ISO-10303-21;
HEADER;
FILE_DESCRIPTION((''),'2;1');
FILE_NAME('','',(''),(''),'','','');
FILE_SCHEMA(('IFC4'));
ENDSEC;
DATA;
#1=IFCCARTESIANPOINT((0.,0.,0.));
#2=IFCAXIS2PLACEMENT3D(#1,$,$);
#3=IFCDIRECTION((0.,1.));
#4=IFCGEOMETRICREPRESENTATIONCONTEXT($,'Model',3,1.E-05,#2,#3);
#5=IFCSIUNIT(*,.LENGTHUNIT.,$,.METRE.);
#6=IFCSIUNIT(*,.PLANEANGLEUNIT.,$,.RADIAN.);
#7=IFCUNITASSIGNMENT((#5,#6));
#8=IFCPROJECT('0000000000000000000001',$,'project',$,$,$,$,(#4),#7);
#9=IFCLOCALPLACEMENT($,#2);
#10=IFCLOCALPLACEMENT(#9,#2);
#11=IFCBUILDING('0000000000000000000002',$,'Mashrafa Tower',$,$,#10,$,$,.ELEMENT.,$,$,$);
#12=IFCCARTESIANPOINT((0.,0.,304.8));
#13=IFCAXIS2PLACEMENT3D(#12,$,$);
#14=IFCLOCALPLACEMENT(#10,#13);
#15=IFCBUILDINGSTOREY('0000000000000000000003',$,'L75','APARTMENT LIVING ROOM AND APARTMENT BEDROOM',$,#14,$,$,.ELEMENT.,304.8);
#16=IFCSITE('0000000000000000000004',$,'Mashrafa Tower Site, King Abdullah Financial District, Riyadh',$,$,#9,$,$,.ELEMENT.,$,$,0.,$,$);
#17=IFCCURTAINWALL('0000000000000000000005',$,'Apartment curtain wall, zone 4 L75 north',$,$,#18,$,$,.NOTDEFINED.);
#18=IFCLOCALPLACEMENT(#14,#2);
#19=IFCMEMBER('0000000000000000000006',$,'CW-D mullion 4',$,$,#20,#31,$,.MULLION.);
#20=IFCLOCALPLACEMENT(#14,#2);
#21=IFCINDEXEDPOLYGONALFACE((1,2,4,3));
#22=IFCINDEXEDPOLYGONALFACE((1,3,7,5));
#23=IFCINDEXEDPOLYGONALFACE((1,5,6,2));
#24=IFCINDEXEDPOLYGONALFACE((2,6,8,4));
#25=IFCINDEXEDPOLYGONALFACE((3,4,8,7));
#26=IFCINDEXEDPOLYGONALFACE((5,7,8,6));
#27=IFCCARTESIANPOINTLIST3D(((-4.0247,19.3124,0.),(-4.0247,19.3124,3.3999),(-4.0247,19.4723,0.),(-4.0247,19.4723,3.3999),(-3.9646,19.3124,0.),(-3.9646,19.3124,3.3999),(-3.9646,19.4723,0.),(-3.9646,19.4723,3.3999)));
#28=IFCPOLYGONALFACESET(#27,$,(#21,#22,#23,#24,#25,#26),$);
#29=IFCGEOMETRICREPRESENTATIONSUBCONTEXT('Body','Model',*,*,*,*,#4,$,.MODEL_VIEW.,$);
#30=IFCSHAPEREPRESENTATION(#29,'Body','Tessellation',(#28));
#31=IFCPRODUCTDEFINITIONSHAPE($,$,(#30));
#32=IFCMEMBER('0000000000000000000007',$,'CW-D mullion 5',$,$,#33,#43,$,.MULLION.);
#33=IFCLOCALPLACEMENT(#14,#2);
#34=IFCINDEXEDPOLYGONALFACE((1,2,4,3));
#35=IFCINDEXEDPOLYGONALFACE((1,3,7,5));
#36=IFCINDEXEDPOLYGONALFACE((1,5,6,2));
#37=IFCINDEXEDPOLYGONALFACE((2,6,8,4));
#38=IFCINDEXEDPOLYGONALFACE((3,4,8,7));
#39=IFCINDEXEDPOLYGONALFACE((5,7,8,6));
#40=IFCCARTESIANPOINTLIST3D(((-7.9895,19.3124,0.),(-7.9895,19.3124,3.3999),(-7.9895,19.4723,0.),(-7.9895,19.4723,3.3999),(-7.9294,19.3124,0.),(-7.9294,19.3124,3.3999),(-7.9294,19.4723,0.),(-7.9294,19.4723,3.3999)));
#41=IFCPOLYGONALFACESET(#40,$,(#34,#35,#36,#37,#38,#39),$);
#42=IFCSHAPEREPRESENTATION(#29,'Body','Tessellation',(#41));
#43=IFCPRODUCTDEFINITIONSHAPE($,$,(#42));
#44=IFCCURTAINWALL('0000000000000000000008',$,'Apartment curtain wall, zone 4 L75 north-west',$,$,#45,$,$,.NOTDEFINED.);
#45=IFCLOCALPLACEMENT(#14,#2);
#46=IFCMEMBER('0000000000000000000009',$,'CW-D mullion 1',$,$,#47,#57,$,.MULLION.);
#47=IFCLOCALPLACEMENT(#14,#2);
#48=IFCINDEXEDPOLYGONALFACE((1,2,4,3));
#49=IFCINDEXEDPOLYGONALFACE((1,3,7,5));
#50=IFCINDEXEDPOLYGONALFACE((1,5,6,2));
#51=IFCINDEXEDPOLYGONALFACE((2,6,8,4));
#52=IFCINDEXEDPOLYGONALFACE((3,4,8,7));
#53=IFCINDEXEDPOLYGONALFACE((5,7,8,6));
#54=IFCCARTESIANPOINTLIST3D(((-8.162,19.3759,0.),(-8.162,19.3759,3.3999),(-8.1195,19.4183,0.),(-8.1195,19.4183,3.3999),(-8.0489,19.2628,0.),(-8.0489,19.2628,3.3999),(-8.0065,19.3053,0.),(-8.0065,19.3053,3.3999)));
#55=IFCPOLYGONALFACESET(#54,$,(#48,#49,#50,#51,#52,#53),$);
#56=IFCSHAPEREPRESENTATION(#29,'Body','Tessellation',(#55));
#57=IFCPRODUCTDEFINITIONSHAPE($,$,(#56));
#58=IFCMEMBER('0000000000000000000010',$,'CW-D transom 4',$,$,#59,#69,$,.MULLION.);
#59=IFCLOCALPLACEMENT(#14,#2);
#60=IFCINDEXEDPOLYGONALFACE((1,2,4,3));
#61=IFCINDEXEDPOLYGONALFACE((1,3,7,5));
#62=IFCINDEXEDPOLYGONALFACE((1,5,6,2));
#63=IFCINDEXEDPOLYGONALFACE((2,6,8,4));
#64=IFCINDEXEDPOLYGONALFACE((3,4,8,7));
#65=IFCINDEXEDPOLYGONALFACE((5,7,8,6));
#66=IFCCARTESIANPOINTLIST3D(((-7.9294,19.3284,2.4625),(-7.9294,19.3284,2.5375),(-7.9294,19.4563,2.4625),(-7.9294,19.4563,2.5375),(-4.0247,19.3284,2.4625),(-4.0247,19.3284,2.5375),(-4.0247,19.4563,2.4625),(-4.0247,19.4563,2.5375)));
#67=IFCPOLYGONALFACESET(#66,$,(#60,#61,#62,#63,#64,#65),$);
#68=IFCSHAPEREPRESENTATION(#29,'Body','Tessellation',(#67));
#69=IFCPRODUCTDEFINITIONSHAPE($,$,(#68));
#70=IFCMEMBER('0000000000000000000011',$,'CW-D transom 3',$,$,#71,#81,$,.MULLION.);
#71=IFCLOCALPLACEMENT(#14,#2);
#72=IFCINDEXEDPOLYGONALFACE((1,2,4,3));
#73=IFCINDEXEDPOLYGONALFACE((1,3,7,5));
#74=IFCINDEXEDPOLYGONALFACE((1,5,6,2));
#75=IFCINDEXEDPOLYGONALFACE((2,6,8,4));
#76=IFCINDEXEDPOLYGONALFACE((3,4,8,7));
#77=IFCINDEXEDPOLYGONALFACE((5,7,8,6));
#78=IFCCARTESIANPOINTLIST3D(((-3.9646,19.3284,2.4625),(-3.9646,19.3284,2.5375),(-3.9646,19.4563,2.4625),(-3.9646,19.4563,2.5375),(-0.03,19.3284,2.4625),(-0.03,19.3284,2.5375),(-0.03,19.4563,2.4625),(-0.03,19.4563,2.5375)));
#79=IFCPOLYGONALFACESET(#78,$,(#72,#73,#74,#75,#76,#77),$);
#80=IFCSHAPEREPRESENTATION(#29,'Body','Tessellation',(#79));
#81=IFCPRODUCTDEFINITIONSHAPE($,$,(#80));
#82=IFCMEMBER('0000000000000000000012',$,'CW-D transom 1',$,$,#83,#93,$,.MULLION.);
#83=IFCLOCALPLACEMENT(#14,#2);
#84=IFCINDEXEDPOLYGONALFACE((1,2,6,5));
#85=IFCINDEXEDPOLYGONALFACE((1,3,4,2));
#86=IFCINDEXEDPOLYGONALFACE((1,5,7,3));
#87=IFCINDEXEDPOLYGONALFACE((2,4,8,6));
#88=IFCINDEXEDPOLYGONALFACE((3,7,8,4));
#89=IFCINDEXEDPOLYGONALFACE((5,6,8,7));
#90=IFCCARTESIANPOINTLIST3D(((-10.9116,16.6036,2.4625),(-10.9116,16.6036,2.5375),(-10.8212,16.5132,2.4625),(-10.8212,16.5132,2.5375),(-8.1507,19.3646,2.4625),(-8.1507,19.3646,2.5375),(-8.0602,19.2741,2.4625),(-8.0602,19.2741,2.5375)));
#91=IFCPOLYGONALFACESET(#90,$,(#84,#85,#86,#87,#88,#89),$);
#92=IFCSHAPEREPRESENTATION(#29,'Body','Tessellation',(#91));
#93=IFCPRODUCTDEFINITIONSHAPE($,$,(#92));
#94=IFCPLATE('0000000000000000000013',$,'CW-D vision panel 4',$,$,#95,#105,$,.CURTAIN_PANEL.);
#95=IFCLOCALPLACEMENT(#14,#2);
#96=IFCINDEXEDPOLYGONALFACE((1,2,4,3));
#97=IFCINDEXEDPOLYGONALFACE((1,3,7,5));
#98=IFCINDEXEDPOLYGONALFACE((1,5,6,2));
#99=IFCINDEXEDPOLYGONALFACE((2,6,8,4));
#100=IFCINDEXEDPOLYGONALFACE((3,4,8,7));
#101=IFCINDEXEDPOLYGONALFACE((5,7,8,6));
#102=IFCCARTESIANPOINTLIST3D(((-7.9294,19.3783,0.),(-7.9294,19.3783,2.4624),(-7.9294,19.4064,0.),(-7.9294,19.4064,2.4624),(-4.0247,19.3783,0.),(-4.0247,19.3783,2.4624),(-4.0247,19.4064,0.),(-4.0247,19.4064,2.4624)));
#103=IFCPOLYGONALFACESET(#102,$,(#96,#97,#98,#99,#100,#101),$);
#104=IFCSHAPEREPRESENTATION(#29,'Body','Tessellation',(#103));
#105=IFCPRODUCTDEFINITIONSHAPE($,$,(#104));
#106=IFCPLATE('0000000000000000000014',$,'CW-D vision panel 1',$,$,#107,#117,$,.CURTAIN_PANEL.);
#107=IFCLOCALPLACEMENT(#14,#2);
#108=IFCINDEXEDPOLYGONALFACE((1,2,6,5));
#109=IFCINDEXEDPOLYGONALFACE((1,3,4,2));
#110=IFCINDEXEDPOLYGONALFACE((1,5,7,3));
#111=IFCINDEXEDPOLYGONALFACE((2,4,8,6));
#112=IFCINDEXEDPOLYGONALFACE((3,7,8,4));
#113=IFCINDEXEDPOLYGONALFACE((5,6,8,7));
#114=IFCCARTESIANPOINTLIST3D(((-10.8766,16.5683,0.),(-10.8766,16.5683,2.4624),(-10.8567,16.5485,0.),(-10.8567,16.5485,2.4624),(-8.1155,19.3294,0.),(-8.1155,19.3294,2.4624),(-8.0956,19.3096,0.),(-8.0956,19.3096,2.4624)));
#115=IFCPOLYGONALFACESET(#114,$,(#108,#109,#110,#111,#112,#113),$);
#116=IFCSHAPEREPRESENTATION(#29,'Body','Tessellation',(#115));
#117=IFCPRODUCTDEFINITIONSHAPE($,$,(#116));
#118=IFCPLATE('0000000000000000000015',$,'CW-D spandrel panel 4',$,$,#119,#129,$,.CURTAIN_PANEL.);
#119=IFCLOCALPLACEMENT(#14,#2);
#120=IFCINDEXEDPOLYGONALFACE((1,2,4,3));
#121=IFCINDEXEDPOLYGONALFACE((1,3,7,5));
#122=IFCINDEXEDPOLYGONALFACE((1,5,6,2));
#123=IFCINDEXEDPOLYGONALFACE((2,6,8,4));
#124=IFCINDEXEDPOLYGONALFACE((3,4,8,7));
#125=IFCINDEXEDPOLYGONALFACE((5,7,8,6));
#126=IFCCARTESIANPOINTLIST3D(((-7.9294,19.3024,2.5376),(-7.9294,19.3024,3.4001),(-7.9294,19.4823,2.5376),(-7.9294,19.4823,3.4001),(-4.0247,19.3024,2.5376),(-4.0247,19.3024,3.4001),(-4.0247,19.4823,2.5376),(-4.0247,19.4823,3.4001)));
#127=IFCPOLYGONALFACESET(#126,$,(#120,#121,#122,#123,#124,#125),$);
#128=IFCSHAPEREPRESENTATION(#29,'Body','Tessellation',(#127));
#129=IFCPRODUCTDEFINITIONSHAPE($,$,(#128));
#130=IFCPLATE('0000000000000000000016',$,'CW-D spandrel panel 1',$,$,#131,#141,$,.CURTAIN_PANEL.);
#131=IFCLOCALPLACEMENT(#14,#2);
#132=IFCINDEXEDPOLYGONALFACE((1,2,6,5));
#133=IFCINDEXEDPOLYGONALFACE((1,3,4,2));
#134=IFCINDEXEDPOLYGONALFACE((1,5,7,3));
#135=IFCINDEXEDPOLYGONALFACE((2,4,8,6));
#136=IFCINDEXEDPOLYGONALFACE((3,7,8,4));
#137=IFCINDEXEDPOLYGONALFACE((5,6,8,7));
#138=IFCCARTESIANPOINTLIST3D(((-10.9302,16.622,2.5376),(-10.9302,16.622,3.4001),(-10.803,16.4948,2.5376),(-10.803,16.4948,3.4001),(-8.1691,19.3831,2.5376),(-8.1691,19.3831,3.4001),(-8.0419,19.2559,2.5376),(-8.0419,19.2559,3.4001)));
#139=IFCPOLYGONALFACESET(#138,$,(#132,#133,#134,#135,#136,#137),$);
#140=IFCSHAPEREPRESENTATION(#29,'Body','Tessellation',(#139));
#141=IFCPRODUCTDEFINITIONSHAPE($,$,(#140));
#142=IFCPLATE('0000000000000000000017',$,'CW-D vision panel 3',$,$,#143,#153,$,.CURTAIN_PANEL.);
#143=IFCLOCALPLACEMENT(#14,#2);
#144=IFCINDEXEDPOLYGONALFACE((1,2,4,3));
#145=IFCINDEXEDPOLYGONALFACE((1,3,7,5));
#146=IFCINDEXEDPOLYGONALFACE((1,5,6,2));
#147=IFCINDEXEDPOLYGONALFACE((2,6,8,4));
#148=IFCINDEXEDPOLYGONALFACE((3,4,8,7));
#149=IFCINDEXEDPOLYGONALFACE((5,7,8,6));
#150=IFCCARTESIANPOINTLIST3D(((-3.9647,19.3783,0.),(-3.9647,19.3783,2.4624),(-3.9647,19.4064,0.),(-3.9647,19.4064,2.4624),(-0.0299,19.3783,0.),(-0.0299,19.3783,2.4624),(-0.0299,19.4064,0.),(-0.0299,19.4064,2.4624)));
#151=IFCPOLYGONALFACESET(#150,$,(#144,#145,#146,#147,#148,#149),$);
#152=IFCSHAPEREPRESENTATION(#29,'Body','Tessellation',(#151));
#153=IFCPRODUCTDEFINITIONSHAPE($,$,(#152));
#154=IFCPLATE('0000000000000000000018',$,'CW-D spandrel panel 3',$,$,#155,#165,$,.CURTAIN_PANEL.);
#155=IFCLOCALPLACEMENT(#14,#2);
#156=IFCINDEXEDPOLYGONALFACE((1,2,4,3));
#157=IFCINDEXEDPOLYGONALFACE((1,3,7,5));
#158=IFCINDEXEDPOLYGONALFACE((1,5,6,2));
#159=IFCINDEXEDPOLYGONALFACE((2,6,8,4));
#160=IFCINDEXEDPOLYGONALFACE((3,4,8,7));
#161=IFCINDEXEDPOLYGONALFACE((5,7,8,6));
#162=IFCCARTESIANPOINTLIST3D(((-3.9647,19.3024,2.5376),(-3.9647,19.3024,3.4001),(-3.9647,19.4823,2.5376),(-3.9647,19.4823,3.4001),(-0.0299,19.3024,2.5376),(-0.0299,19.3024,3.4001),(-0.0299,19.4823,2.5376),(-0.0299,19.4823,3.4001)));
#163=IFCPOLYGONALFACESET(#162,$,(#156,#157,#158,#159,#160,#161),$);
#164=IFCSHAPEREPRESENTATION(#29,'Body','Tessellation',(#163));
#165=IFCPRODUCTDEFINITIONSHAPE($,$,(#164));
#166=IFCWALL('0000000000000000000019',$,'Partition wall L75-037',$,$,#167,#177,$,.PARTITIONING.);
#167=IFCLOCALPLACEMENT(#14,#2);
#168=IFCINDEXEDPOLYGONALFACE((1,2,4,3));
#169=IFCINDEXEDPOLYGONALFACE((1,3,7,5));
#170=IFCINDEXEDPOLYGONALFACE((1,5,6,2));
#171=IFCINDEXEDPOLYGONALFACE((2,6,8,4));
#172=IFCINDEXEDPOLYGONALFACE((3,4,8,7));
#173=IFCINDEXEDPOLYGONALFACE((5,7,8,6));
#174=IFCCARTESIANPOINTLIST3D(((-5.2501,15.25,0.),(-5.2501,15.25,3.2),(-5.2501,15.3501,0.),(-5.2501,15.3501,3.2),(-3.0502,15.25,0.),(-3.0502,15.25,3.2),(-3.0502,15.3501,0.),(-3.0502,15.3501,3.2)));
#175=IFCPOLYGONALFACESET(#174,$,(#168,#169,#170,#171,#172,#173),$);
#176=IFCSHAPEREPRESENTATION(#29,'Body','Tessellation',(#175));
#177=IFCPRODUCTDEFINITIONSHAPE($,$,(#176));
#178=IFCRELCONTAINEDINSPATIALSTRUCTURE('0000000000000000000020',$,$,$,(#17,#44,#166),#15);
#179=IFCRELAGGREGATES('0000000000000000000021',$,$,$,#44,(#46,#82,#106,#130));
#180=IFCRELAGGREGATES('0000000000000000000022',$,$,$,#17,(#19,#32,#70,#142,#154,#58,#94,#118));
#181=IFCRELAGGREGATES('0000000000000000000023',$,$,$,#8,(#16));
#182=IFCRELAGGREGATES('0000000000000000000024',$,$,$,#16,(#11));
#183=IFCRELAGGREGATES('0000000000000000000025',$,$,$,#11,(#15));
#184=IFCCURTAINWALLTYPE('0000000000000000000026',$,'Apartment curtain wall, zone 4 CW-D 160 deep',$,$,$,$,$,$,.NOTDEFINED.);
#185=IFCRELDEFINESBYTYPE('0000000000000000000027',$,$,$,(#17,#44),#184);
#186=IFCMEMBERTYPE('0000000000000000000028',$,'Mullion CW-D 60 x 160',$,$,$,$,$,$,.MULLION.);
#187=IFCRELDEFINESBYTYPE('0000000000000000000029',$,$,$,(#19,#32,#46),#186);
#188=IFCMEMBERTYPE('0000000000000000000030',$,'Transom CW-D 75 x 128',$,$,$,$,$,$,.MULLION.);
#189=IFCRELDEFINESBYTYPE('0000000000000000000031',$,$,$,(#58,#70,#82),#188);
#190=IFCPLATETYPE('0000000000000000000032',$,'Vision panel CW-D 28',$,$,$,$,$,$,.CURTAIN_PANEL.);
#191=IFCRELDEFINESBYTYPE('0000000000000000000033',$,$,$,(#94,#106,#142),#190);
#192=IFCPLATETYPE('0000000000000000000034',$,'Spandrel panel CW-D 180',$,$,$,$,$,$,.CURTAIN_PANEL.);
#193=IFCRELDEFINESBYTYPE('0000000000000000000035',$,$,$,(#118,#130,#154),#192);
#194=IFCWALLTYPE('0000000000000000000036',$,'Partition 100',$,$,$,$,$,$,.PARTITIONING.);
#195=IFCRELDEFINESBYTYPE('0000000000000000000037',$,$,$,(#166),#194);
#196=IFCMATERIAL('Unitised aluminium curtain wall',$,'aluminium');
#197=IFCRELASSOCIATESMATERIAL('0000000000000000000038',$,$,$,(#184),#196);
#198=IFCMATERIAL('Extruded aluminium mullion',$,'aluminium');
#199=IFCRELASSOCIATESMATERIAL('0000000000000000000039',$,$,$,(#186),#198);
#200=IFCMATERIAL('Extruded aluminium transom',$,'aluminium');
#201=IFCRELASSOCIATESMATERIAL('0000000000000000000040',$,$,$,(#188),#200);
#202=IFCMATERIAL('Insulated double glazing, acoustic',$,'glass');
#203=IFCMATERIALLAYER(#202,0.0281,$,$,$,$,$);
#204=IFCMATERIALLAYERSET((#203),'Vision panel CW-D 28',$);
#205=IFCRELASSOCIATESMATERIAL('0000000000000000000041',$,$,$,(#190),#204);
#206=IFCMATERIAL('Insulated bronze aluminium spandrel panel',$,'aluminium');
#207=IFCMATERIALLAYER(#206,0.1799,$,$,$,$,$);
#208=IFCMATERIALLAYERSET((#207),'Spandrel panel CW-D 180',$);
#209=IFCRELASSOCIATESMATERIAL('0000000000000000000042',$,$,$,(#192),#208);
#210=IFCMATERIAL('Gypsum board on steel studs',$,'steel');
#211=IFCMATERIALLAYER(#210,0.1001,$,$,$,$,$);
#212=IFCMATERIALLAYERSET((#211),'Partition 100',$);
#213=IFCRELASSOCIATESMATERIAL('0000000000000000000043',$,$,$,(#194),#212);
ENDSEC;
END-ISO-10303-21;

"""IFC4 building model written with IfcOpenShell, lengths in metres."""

from ifc_helpers import new_model, si_unit, direction, frame, frame_2d, origin, origin_2d, place, context, subcontext, project, spatial, rectangle, extrude, source, transform, mapped, material, layer, layer_set, material_profile, profile_set, type_object, type_shapes, element, aggregate, save


model = new_model("IFC4")

# Units and contexts
model_context = context("Model", 3, precision=1e-05, world=origin(), true_north=direction((0.0, 1.0)))
body_context = subcontext(model_context, "Body", "Model", "MODEL_VIEW")
ifc_project = project(units=[si_unit("LENGTHUNIT", "METRE"), si_unit("PLANEANGLEUNIT", "RADIAN")], contexts=[model_context])

# Site, building, storey
site_placement = place(None, origin())
site = spatial("IfcSite", under=ifc_project, at=site_placement, Name="Mashrafa Tower Site, King Abdullah Financial District, Riyadh", CompositionType="ELEMENT", RefElevation=0.0)
building_placement = place(site_placement, origin())
building = spatial("IfcBuilding", under=site, at=building_placement, Name="Mashrafa Tower", CompositionType="ELEMENT")
storey_placement = place(building_placement, frame((0.0, 0.0, 304.8)))
storey = spatial("IfcBuildingStorey", under=building, at=storey_placement, Name="L75", Description="APARTMENT LIVING ROOM AND APARTMENT BEDROOM", CompositionType="ELEMENT", Elevation=304.8)

# Curtain wall, members
ifc_material_1 = material(Name="Unitised aluminium curtain wall", Category="aluminium")
curtain_wall_type = type_object("IfcCurtainWallType", Name="Apartment curtain wall, zone 4 CW-D 160 deep", PredefinedType="NOTDEFINED", material=ifc_material_1)
curtain_wall_1_placement = place(storey_placement, origin())
curtain_wall_1 = element("IfcCurtainWall", 1, at=curtain_wall_1_placement, inside=storey, type_object=curtain_wall_type, Name="Apartment curtain wall, zone 4 L75 north", PredefinedType="NOTDEFINED")
ifc_material_2 = material(Name="Extruded aluminium mullion", Category="aluminium")
ifc_material_profile_1 = material_profile(ifc_material_2, rectangle(XDim=0.1599, YDim=0.0601, at=origin_2d()), Name="Mullion 60x160")
ifc_profile_set_1 = profile_set([ifc_material_profile_1], Name="Extruded aluminium mullion")
member_type_1 = type_object("IfcMemberType", Name="Mullion CW-D 60 x 160", PredefinedType="MULLION", material=ifc_profile_set_1)
shared_shape_1 = source(origin(), body_context, "Body", "SweptSolid", [
    extrude(rectangle(XDim=0.1599, YDim=0.0601, at=origin_2d()), origin(), (0.0, 0.0, 1.0), 3.3999),
])
type_shapes(member_type_1, [shared_shape_1])
member_1_placement = place(storey_placement, frame((-3.9946, 19.3923, 0.0), z_axis=(0.0, 0.0, 1.0), x_axis=(0.0, -1.0, 0.0)))
member_1 = element("IfcMember", 2, at=member_1_placement, type_object=member_type_1, Name="CW-D mullion 4", PredefinedType="MULLION", context=body_context, shape_type="MappedRepresentation", body=[
    mapped(shared_shape_1, transform((0.0, 0.0, 0.0))),
])
member_2_placement = place(storey_placement, frame((-7.9595, 19.3923, 0.0), z_axis=(0.0, 0.0, 1.0), x_axis=(0.0, -1.0, 0.0)))
member_2 = element("IfcMember", 3, at=member_2_placement, type_object=member_type_1, Name="CW-D mullion 5", PredefinedType="MULLION", context=body_context, shape_type="MappedRepresentation", body=[
    mapped(shared_shape_1, transform((0.0, 0.0, 0.0))),
])

# Curtain wall, member
curtain_wall_2_placement = place(storey_placement, origin())
curtain_wall_2 = element("IfcCurtainWall", 4, at=curtain_wall_2_placement, inside=storey, type_object=curtain_wall_type, Name="Apartment curtain wall, zone 4 L75 north-west", PredefinedType="NOTDEFINED")
member_3_placement = place(storey_placement, frame((-8.0842, 19.3406, 0.0), z_axis=(0.0, 0.0, 1.0), x_axis=(0.707107, -0.707107, 0.0)))
member_3 = element("IfcMember", 5, at=member_3_placement, type_object=member_type_1, Name="CW-D mullion 1", PredefinedType="MULLION", context=body_context, shape_type="MappedRepresentation", body=[
    mapped(shared_shape_1, transform((0.0, 0.0, 0.0))),
])

# Members
ifc_material_3 = material(Name="Extruded aluminium transom", Category="aluminium")
ifc_material_profile_2 = material_profile(ifc_material_3, rectangle(XDim=0.1279, YDim=0.075, at=origin_2d()), Name="Transom 75x128")
ifc_profile_set_2 = profile_set([ifc_material_profile_2], Name="Extruded aluminium transom")
member_type_2 = type_object("IfcMemberType", Name="Transom CW-D 75 x 128", PredefinedType="MULLION", material=ifc_profile_set_2)
shared_shape_2 = source(origin(), body_context, "Body", "SweptSolid", [
    extrude(rectangle(XDim=0.1279, YDim=0.075, at=origin_2d()), origin(), (0.0, 0.0, 1.0), 3.9048),
])
member_4_placement = place(storey_placement, frame((-4.0247, 19.3923, 2.5), z_axis=(-1.0, 0.0, 0.0), x_axis=(0.0, -1.0, 0.0)))
member_4 = element("IfcMember", 6, at=member_4_placement, type_object=member_type_2, Name="CW-D transom 4", PredefinedType="MULLION", context=body_context, shape_type="MappedRepresentation", body=[
    mapped(shared_shape_2, transform((0.0, 0.0, 0.0))),
])
shared_shape_3 = source(origin(), body_context, "Body", "SweptSolid", [
    extrude(rectangle(XDim=0.1279, YDim=0.075, at=origin_2d()), origin(), (0.0, 0.0, 1.0), 3.9346),
])
member_5_placement = place(storey_placement, frame((-0.03, 19.3923, 2.5), z_axis=(-1.0, 0.0, 0.0), x_axis=(0.0, -1.0, 0.0)))
member_5 = element("IfcMember", 7, at=member_5_placement, type_object=member_type_2, Name="CW-D transom 3", PredefinedType="MULLION", context=body_context, shape_type="MappedRepresentation", body=[
    mapped(shared_shape_3, transform((0.0, 0.0, 0.0))),
])
shared_shape_4 = source(origin(), body_context, "Body", "SweptSolid", [
    extrude(rectangle(XDim=0.1279, YDim=0.075, at=origin_2d()), origin(), (0.0, 0.0, 1.0), 3.9045),
])
type_shapes(member_type_2, [shared_shape_2, shared_shape_3, shared_shape_4])
member_6_placement = place(storey_placement, frame((-8.1055, 19.3193, 2.5), z_axis=(-0.707107, -0.707107, 0.0), x_axis=(0.707107, -0.707107, 0.0)))
member_6 = element("IfcMember", 8, at=member_6_placement, type_object=member_type_2, Name="CW-D transom 1", PredefinedType="MULLION", context=body_context, shape_type="MappedRepresentation", body=[
    mapped(shared_shape_4, transform((0.0, 0.0, 0.0))),
])

# Plates
ifc_material_4 = material(Name="Insulated double glazing, acoustic", Category="glass")
ifc_layer_1 = layer(ifc_material_4, 0.0281)
ifc_layer_set_1 = layer_set([ifc_layer_1], Name="Vision panel CW-D 28")
plate_type_1 = type_object("IfcPlateType", Name="Vision panel CW-D 28", PredefinedType="CURTAIN_PANEL", material=ifc_layer_set_1)
shared_shape_5 = source(origin(), body_context, "Body", "SweptSolid", [
    extrude(rectangle(XDim=3.9048, YDim=0.0281, at=origin_2d()), origin(), (0.0, 0.0, 1.0), 2.4624),
])
plate_1_placement = place(storey_placement, frame((-5.9771, 19.3923, 0.0), z_axis=(0.0, 0.0, 1.0), x_axis=(-1.0, 0.0, 0.0)))
plate_1 = element("IfcPlate", 9, at=plate_1_placement, type_object=plate_type_1, Name="CW-D vision panel 4", PredefinedType="CURTAIN_PANEL", context=body_context, shape_type="MappedRepresentation", body=[
    mapped(shared_shape_5, transform((0.0, 0.0, 0.0))),
])
plate_2_placement = place(storey_placement, frame((-9.4861, 17.939, 0.0), z_axis=(0.0, 0.0, 1.0), x_axis=(-0.707107, -0.707107, 0.0)))
plate_2 = element("IfcPlate", 10, at=plate_2_placement, type_object=plate_type_1, Name="CW-D vision panel 1", PredefinedType="CURTAIN_PANEL", context=body_context, shape_type="MappedRepresentation", body=[
    mapped(shared_shape_5, transform((0.0, 0.0, 0.0))),
])
ifc_material_5 = material(Name="Insulated bronze aluminium spandrel panel", Category="aluminium")
ifc_layer_2 = layer(ifc_material_5, 0.1799)
ifc_layer_set_2 = layer_set([ifc_layer_2], Name="Spandrel panel CW-D 180")
plate_type_2 = type_object("IfcPlateType", Name="Spandrel panel CW-D 180", PredefinedType="CURTAIN_PANEL", material=ifc_layer_set_2)
shared_shape_6 = source(origin(), body_context, "Body", "SweptSolid", [
    extrude(rectangle(XDim=3.9048, YDim=0.1799, at=origin_2d()), origin(), (0.0, 0.0, 1.0), 0.8625),
])
plate_3_placement = place(storey_placement, frame((-5.9771, 19.3923, 2.5376), z_axis=(0.0, 0.0, 1.0), x_axis=(-1.0, 0.0, 0.0)))
plate_3 = element("IfcPlate", 11, at=plate_3_placement, type_object=plate_type_2, Name="CW-D spandrel panel 4", PredefinedType="CURTAIN_PANEL", context=body_context, shape_type="MappedRepresentation", body=[
    mapped(shared_shape_6, transform((0.0, 0.0, 0.0))),
])
plate_4_placement = place(storey_placement, frame((-9.4861, 17.939, 2.5376), z_axis=(0.0, 0.0, 1.0), x_axis=(-0.707107, -0.707107, 0.0)))
plate_4 = element("IfcPlate", 12, at=plate_4_placement, type_object=plate_type_2, Name="CW-D spandrel panel 1", PredefinedType="CURTAIN_PANEL", context=body_context, shape_type="MappedRepresentation", body=[
    mapped(shared_shape_6, transform((0.0, 0.0, 0.0))),
])
aggregate(curtain_wall_2, [member_3, member_6, plate_2, plate_4])
shared_shape_7 = source(origin(), body_context, "Body", "SweptSolid", [
    extrude(rectangle(XDim=3.9348, YDim=0.0281, at=origin_2d()), origin(), (0.0, 0.0, 1.0), 2.4624),
])
type_shapes(plate_type_1, [shared_shape_5, shared_shape_7])
plate_5_placement = place(storey_placement, frame((-1.9973, 19.3923, 0.0), z_axis=(0.0, 0.0, 1.0), x_axis=(-1.0, 0.0, 0.0)))
plate_5 = element("IfcPlate", 13, at=plate_5_placement, type_object=plate_type_1, Name="CW-D vision panel 3", PredefinedType="CURTAIN_PANEL", context=body_context, shape_type="MappedRepresentation", body=[
    mapped(shared_shape_7, transform((0.0, 0.0, 0.0))),
])
shared_shape_8 = source(origin(), body_context, "Body", "SweptSolid", [
    extrude(rectangle(XDim=3.9348, YDim=0.1799, at=origin_2d()), origin(), (0.0, 0.0, 1.0), 0.8625),
])
type_shapes(plate_type_2, [shared_shape_6, shared_shape_8])
plate_6_placement = place(storey_placement, frame((-1.9973, 19.3923, 2.5376), z_axis=(0.0, 0.0, 1.0), x_axis=(-1.0, 0.0, 0.0)))
plate_6 = element("IfcPlate", 14, at=plate_6_placement, type_object=plate_type_2, Name="CW-D spandrel panel 3", PredefinedType="CURTAIN_PANEL", context=body_context, shape_type="MappedRepresentation", body=[
    mapped(shared_shape_8, transform((0.0, 0.0, 0.0))),
])
aggregate(curtain_wall_1, [member_1, member_2, member_5, plate_5, plate_6, member_4, plate_1, plate_3])

# Wall
ifc_material_6 = material(Name="Gypsum board on steel studs", Category="steel")
ifc_layer_3 = layer(ifc_material_6, 0.1001)
ifc_layer_set_3 = layer_set([ifc_layer_3], Name="Partition 100")
wall_type = type_object("IfcWallType", Name="Partition 100", PredefinedType="PARTITIONING", material=ifc_layer_set_3)
wall_1_placement = place(storey_placement, frame((-3.05, 15.3, 0.0), z_axis=(0.0, 0.0, 1.0), x_axis=(-1.0, 0.0, 0.0)))
element("IfcWall", 15, at=wall_1_placement, inside=storey, type_object=wall_type, Name="Partition wall L75-037", PredefinedType="PARTITIONING", context=body_context, shape_type="SweptSolid", body=[
    extrude(rectangle(XDim=2.2, YDim=0.1001, at=frame_2d((1.1001, 0.0))), origin(), (0.0, 0.0, 1.0), 3.2),
])

save(model, "model.ifc")
